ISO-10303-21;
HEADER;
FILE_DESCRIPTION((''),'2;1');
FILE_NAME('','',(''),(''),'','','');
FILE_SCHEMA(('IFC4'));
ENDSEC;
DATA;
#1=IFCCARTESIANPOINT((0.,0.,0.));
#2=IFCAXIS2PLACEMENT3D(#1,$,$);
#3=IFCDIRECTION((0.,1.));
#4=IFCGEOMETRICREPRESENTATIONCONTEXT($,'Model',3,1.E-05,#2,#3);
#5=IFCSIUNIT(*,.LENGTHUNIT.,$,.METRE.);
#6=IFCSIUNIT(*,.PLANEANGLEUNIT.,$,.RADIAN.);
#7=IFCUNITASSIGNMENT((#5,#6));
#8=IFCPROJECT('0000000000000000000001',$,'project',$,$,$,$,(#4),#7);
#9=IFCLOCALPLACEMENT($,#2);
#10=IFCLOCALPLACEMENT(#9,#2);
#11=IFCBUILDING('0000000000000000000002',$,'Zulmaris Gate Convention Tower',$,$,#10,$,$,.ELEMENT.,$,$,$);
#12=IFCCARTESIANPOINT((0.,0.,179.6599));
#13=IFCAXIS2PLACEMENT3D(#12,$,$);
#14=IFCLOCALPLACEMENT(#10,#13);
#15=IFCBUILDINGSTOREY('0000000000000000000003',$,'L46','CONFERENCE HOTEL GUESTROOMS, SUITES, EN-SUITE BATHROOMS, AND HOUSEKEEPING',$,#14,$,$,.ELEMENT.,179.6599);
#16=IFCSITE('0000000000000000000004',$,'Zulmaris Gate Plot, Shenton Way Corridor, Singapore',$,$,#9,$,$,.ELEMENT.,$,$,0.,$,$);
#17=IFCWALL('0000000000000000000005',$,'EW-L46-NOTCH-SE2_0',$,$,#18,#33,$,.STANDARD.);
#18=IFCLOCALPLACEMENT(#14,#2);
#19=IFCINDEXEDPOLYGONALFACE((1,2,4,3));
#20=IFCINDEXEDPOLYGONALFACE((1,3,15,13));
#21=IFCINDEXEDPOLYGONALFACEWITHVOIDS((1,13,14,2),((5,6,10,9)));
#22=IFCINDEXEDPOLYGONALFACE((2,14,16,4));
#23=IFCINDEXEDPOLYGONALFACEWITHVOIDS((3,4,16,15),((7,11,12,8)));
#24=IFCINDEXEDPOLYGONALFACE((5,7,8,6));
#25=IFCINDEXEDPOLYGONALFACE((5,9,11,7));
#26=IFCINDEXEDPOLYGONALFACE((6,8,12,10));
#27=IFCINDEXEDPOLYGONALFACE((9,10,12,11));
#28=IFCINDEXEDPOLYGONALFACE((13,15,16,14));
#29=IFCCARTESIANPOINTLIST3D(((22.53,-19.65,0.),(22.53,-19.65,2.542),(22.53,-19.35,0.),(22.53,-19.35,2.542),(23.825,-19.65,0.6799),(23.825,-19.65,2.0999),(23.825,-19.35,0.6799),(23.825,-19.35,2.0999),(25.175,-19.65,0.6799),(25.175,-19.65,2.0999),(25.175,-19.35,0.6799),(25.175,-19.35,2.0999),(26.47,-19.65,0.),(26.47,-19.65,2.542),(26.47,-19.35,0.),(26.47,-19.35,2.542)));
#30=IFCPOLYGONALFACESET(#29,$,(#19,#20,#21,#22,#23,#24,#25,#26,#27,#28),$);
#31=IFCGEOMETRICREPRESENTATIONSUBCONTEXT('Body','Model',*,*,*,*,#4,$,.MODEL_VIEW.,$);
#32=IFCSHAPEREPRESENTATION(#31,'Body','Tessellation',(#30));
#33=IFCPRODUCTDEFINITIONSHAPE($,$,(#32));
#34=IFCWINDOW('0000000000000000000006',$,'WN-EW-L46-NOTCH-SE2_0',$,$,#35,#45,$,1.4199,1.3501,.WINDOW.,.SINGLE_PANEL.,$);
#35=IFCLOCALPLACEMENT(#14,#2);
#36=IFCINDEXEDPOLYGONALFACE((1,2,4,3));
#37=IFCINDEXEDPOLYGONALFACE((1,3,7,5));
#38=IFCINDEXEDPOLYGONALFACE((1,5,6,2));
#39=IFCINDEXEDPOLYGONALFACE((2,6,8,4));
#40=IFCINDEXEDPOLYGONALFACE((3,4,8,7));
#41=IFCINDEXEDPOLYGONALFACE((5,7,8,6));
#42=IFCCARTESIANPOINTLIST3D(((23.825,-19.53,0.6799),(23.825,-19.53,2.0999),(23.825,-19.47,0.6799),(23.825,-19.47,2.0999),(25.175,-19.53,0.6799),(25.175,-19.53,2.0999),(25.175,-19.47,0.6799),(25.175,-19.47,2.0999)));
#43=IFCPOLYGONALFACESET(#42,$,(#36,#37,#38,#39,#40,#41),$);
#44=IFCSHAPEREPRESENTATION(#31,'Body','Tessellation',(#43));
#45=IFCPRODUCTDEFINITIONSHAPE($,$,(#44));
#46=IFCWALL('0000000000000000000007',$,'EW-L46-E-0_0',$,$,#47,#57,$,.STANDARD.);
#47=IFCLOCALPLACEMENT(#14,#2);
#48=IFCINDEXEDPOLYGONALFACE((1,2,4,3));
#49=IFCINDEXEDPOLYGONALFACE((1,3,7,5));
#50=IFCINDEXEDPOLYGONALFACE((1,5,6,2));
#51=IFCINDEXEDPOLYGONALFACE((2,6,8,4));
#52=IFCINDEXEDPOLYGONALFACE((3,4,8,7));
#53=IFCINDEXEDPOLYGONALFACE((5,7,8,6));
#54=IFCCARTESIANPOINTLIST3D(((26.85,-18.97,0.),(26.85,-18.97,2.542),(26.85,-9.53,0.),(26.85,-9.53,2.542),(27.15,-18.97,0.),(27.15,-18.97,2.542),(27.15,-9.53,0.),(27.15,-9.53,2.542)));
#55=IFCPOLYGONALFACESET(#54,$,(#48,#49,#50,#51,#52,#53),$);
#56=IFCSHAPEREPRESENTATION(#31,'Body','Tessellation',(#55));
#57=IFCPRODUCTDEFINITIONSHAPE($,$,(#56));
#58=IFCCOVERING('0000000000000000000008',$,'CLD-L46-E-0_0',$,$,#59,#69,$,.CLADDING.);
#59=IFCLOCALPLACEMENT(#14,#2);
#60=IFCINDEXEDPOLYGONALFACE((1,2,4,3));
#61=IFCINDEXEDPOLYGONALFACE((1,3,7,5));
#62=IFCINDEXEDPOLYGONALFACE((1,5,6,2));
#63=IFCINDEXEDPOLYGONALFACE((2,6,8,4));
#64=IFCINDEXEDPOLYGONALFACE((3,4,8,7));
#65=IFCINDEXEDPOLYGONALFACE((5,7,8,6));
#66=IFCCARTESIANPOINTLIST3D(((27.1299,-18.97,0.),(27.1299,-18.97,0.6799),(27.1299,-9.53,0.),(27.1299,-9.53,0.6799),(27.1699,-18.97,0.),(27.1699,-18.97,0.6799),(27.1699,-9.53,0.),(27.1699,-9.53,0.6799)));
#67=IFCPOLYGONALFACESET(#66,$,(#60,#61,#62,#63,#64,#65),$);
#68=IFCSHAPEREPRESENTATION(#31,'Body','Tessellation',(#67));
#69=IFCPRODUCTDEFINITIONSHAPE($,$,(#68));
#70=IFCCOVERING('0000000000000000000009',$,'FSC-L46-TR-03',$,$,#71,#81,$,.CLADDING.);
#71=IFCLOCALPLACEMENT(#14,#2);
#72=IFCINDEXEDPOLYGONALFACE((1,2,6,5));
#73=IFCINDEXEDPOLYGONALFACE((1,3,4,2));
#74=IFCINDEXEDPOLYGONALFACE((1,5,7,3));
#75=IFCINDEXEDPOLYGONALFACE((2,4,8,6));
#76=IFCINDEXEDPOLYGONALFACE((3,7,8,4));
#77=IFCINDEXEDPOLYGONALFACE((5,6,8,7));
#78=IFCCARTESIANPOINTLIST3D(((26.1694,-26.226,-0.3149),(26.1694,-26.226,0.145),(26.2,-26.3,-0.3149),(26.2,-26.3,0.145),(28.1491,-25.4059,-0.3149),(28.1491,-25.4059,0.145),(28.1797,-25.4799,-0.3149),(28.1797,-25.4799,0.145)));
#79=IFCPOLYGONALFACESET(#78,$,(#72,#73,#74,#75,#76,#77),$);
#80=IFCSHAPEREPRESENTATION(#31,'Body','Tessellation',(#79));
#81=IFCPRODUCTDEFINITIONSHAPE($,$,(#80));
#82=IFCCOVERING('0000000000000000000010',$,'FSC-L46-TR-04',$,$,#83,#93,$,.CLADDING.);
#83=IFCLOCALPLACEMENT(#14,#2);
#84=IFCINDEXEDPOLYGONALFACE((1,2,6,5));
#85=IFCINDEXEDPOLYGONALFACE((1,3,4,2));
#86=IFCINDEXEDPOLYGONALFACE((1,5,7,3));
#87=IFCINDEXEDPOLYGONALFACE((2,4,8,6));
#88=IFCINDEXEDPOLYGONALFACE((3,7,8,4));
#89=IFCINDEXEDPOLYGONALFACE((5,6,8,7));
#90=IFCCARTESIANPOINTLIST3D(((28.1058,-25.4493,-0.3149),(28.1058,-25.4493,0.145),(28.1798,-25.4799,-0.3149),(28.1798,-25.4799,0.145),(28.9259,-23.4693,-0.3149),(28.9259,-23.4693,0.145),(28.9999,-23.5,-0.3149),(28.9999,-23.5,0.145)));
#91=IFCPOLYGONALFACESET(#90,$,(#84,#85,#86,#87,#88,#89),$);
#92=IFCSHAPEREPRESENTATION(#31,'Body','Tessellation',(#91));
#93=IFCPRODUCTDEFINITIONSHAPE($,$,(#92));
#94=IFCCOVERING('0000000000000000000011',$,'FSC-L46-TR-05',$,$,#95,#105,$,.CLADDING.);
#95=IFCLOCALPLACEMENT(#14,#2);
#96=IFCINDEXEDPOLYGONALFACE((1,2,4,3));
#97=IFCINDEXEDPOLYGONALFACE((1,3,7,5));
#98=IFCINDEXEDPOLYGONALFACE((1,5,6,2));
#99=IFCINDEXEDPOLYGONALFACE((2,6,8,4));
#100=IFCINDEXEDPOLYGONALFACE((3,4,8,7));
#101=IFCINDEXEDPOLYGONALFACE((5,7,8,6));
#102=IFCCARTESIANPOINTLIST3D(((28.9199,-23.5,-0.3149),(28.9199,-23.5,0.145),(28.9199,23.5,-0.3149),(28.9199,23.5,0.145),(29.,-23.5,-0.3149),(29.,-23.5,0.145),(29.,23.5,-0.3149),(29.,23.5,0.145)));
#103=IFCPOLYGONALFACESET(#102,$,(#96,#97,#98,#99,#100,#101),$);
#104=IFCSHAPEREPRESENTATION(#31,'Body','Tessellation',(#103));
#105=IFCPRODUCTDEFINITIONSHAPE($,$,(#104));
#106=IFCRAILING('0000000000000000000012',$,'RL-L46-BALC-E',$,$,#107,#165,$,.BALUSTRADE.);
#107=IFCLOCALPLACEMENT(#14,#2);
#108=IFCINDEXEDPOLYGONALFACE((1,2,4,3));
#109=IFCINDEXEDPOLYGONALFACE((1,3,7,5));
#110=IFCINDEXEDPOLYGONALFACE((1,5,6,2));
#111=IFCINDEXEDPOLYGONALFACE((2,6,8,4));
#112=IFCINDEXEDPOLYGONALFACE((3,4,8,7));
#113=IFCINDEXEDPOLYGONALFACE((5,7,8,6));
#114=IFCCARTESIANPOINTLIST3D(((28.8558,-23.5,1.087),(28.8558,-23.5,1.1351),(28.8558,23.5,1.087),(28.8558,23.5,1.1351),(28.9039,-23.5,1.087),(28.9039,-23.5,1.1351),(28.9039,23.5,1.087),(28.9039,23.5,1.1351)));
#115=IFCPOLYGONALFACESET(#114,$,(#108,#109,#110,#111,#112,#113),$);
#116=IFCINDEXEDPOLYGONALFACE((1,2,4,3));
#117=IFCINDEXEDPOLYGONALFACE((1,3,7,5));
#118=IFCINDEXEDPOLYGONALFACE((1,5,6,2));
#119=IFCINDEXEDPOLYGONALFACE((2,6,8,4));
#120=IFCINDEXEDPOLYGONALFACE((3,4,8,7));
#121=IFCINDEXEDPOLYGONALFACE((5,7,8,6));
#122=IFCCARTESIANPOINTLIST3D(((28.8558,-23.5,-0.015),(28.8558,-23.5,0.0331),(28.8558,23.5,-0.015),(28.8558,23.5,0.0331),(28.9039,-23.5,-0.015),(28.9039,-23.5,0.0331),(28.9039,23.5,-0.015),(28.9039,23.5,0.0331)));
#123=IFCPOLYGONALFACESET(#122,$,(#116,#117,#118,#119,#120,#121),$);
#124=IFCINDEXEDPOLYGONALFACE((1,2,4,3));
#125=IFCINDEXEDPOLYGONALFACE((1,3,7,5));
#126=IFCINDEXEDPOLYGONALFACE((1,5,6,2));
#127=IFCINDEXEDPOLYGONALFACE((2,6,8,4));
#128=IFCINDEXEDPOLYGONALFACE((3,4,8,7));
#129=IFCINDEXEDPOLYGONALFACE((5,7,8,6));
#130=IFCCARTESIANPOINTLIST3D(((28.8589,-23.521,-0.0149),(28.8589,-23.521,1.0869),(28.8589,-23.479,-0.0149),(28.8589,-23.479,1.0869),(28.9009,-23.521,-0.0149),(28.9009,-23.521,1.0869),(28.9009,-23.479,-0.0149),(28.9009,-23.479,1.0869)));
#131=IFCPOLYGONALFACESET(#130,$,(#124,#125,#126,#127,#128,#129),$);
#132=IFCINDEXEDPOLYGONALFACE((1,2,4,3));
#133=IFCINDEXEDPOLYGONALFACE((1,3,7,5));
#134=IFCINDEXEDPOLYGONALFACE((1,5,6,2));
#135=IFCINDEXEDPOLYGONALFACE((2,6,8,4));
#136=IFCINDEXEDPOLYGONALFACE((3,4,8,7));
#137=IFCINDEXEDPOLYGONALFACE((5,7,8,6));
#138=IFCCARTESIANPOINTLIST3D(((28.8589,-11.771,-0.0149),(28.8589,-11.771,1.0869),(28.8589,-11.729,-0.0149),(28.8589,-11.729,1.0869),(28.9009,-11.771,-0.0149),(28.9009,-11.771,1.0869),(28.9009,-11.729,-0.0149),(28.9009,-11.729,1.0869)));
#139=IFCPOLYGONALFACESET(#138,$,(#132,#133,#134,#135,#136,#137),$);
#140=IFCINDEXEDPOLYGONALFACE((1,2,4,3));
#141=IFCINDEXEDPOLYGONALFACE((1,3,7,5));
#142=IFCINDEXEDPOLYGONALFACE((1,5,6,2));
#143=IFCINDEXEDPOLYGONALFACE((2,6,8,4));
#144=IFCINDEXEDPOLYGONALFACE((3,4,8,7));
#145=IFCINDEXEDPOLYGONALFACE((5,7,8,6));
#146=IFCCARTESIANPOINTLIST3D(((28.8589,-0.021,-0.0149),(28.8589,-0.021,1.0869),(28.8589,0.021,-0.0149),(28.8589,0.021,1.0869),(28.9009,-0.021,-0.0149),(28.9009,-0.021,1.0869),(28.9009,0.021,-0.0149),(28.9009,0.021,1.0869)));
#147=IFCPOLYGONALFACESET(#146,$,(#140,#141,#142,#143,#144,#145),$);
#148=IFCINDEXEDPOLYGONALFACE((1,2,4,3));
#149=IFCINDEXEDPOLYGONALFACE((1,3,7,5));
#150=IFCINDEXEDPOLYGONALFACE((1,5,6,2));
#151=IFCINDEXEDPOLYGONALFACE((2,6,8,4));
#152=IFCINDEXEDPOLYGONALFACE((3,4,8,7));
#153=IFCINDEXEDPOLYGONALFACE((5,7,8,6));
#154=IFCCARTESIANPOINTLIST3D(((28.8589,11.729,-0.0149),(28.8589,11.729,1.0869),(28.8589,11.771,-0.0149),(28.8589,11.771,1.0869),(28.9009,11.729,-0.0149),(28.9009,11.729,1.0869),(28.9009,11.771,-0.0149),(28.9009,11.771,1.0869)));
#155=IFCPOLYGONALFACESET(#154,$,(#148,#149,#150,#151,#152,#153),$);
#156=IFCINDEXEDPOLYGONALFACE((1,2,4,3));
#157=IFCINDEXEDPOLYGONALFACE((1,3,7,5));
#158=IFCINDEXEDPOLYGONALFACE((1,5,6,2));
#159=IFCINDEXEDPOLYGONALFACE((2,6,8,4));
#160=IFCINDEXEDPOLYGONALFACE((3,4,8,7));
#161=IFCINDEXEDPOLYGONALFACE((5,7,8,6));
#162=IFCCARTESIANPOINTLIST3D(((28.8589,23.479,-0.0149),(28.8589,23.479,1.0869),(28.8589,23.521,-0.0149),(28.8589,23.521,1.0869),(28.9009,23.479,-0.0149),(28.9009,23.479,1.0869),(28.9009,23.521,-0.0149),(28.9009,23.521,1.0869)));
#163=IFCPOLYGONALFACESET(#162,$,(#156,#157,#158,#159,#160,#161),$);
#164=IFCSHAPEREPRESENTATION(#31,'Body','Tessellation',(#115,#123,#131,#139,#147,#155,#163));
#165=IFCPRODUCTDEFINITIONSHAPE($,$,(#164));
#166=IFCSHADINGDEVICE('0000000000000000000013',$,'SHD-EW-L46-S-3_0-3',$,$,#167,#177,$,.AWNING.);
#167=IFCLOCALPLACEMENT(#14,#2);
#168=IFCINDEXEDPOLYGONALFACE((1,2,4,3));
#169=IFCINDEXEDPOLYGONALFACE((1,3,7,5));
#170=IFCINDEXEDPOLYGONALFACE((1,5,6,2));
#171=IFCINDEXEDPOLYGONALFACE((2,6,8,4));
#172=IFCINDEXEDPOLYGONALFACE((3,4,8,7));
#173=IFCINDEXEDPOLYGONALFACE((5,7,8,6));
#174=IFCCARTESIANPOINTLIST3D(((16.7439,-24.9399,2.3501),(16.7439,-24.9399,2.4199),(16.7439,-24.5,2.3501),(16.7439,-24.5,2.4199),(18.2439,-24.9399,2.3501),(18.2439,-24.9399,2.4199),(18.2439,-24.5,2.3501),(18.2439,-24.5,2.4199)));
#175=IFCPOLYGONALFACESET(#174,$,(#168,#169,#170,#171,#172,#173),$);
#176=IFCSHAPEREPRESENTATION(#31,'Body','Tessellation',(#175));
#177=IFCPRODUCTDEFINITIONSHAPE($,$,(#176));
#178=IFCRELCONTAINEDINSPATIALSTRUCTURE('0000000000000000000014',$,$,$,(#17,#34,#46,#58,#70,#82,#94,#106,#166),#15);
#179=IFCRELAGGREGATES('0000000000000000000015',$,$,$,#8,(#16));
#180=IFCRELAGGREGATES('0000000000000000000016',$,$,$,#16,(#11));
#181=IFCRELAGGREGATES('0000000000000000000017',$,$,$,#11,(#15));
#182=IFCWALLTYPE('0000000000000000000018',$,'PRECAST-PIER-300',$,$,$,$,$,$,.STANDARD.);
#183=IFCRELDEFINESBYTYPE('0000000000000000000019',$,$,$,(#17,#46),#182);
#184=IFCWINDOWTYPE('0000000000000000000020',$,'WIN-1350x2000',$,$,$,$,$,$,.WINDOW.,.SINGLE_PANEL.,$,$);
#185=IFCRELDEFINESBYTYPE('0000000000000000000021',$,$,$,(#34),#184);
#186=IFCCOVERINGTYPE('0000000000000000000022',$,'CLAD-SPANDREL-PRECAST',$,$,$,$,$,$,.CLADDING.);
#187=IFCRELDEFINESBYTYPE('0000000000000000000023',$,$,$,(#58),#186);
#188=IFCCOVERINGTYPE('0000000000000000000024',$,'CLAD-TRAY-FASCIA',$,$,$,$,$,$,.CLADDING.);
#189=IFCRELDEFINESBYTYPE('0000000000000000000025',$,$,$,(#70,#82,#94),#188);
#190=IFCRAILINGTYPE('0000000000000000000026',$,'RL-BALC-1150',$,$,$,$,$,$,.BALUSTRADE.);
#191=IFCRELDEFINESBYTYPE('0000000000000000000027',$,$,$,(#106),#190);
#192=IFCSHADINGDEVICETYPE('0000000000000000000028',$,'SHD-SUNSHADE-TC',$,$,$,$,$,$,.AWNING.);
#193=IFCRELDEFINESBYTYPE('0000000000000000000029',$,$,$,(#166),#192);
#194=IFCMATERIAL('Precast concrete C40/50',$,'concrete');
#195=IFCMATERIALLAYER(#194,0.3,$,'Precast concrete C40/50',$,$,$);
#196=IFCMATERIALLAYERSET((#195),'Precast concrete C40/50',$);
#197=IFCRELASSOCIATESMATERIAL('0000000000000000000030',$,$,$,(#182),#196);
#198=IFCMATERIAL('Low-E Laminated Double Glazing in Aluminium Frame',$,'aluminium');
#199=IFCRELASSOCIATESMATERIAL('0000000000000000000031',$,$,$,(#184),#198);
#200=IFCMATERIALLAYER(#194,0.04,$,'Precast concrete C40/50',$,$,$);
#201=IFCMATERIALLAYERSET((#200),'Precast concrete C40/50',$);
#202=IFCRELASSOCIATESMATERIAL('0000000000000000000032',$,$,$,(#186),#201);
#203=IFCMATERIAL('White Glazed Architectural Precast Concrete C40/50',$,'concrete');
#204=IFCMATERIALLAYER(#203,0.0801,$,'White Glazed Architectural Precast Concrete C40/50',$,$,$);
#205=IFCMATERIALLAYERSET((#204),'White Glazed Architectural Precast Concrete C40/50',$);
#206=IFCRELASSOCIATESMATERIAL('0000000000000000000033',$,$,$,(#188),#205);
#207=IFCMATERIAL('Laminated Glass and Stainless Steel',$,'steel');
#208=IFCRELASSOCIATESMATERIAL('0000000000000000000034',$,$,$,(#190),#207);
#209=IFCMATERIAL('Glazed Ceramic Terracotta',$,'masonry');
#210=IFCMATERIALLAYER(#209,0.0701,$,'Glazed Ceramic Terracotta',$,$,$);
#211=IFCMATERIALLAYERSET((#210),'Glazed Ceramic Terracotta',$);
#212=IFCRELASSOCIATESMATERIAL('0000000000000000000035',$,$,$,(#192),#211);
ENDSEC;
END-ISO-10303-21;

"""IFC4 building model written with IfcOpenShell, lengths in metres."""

from ifc_helpers import new_model, si_unit, direction, frame, frame_2d, origin, origin_2d, place, context, subcontext, project, spatial, rectangle, extrude, material, layer, layer_set, type_object, element, fill, save


model = new_model("IFC4")

# Units and contexts
model_context = context("Model", 3, precision=1e-05, world=origin(), true_north=direction((0.0, 1.0)))
body_context = subcontext(model_context, "Body", "Model", "MODEL_VIEW")
ifc_project = project(units=[si_unit("LENGTHUNIT", "METRE"), si_unit("PLANEANGLEUNIT", "RADIAN")], contexts=[model_context])

# Site, building, storey
site_placement = place(None, origin())
site = spatial("IfcSite", under=ifc_project, at=site_placement, Name="Zulmaris Gate Plot, Shenton Way Corridor, Singapore", CompositionType="ELEMENT", RefElevation=0.0)
building_placement = place(site_placement, origin())
building = spatial("IfcBuilding", under=site, at=building_placement, Name="Zulmaris Gate Convention Tower", CompositionType="ELEMENT")
storey_placement = place(building_placement, frame((0.0, 0.0, 179.6599)))
storey = spatial("IfcBuildingStorey", under=building, at=storey_placement, Name="L46", Description="CONFERENCE HOTEL GUESTROOMS, SUITES, EN-SUITE BATHROOMS, AND HOUSEKEEPING", CompositionType="ELEMENT", Elevation=179.6599)

# Wall, opening, window
ifc_material_1 = material(Name="Precast concrete C40/50", Category="concrete")
ifc_layer_1 = layer(ifc_material_1, 0.3, Name="Precast concrete C40/50")
ifc_layer_set_1 = layer_set([ifc_layer_1], Name="Precast concrete C40/50")
wall_type_1 = type_object("IfcWallType", Name="PRECAST-PIER-300", PredefinedType="STANDARD", material=ifc_layer_set_1)
ifc_material_2 = material(Name="Low-E Laminated Double Glazing in Aluminium Frame", Category="aluminium")
window_type = type_object("IfcWindowType", Name="WIN-1350x2000", PartitioningType="SINGLE_PANEL", PredefinedType="WINDOW", material=ifc_material_2)
wall_1_placement = place(storey_placement, frame((22.53, -19.5, 0.0), z_axis=(0.0, 0.0, 1.0), x_axis=(1.0, 0.0, 0.0)))
wall_1 = element("IfcWall", 1, at=wall_1_placement, inside=storey, type_object=wall_type_1, Name="EW-L46-NOTCH-SE2_0", PredefinedType="STANDARD", context=body_context, shape_type="SweptSolid", body=[
    extrude(rectangle(XDim=3.9399, YDim=0.3, at=frame_2d((1.97, 0.0))), origin(), (0.0, 0.0, 1.0), 2.542),
])
opening_1_placement = place(wall_1_placement, frame((1.2949, 0.0, 0.6799)))
opening_1 = element("IfcOpeningElement", 2, at=opening_1_placement, cuts=wall_1, PredefinedType="OPENING", context=body_context, shape_type="SweptSolid", body=[
    extrude(rectangle(XDim=1.3501, YDim=1.4199, at=frame_2d((0.675, 0.71))), frame((0.0, 0.1602, 0.0), z_axis=(0.0, -1.0, 0.0), x_axis=(1.0, 0.0, 0.0)), (0.0, 0.0, 1.0), 0.3201),
])
window_1_placement = place(opening_1_placement, origin())
window_1 = element("IfcWindow", 3, at=window_1_placement, inside=storey, type_object=window_type, Name="WN-EW-L46-NOTCH-SE2_0", OverallHeight=1.4199, OverallWidth=1.3501, PartitioningType="SINGLE_PANEL", PredefinedType="WINDOW", context=body_context, shape_type="SweptSolid", body=[
    extrude(rectangle(XDim=1.3501, YDim=1.4199, at=frame_2d((0.675, 0.71))), frame((0.0, 0.03, 0.0), z_axis=(0.0, -1.0, 0.0), x_axis=(1.0, 0.0, 0.0)), (0.0, 0.0, 1.0), 0.0601),
])
fill(opening_1, window_1)

# Wall
wall_2_placement = place(storey_placement, frame((27.0, -18.97, 0.0), z_axis=(0.0, 0.0, 1.0), x_axis=(0.0, 1.0, 0.0)))
element("IfcWall", 4, at=wall_2_placement, inside=storey, type_object=wall_type_1, Name="EW-L46-E-0_0", PredefinedType="STANDARD", context=body_context, shape_type="SweptSolid", body=[
    extrude(rectangle(XDim=9.4399, YDim=0.3, at=frame_2d((4.72, 0.0))), origin(), (0.0, 0.0, 1.0), 2.542),
])

# Coverings
ifc_layer_2 = layer(ifc_material_1, 0.04, Name="Precast concrete C40/50")
ifc_layer_set_2 = layer_set([ifc_layer_2], Name="Precast concrete C40/50")
covering_type_1 = type_object("IfcCoveringType", Name="CLAD-SPANDREL-PRECAST", PredefinedType="CLADDING", material=ifc_layer_set_2)
covering_1_placement = place(storey_placement, frame((27.1499, -18.97, 0.0), z_axis=(0.0, 0.0, 1.0), x_axis=(0.0, 1.0, 0.0)))
element("IfcCovering", 5, at=covering_1_placement, inside=storey, type_object=covering_type_1, Name="CLD-L46-E-0_0", PredefinedType="CLADDING", context=body_context, shape_type="SweptSolid", body=[
    extrude(rectangle(XDim=9.4399, YDim=0.04, at=frame_2d((4.72, 0.0))), origin(), (0.0, 0.0, 1.0), 0.6799),
])
ifc_material_3 = material(Name="White Glazed Architectural Precast Concrete C40/50", Category="concrete")
ifc_layer_3 = layer(ifc_material_3, 0.0801, Name="White Glazed Architectural Precast Concrete C40/50")
ifc_layer_set_3 = layer_set([ifc_layer_3], Name="White Glazed Architectural Precast Concrete C40/50")
covering_type_2 = type_object("IfcCoveringType", Name="CLAD-TRAY-FASCIA", PredefinedType="CLADDING", material=ifc_layer_set_3)
covering_2_placement = place(storey_placement, frame((26.1848, -26.2629, -0.3149), z_axis=(0.0, 0.0, 1.0), x_axis=(0.923874, 0.382697, 0.0)))
element("IfcCovering", 6, at=covering_2_placement, inside=storey, type_object=covering_type_2, Name="FSC-L46-TR-03", PredefinedType="CLADDING", context=body_context, shape_type="SweptSolid", body=[
    extrude(rectangle(XDim=2.1428, YDim=0.0801, at=frame_2d((1.0713, 0.0))), origin(), (0.0, 0.0, 1.0), 0.46),
])
covering_3_placement = place(storey_placement, frame((28.1428, -25.4646, -0.3149), z_axis=(0.0, 0.0, 1.0), x_axis=(0.382657, 0.92389, 0.0)))
element("IfcCovering", 7, at=covering_3_placement, inside=storey, type_object=covering_type_2, Name="FSC-L46-TR-04", PredefinedType="CLADDING", context=body_context, shape_type="SweptSolid", body=[
    extrude(rectangle(XDim=2.1431, YDim=0.0801, at=frame_2d((1.0715, 0.0))), origin(), (0.0, 0.0, 1.0), 0.46),
])
covering_4_placement = place(storey_placement, frame((28.96, -23.5, -0.3149), z_axis=(0.0, 0.0, 1.0), x_axis=(0.0, 1.0, 0.0)))
element("IfcCovering", 8, at=covering_4_placement, inside=storey, type_object=covering_type_2, Name="FSC-L46-TR-05", PredefinedType="CLADDING", context=body_context, shape_type="SweptSolid", body=[
    extrude(rectangle(XDim=47.0, YDim=0.0801, at=frame_2d((23.5, 0.0))), origin(), (0.0, 0.0, 1.0), 0.46),
])

# Railing
ifc_material_4 = material(Name="Laminated Glass and Stainless Steel", Category="steel")
railing_type = type_object("IfcRailingType", Name="RL-BALC-1150", PredefinedType="BALUSTRADE", material=ifc_material_4)
railing_placement = place(storey_placement, frame((28.8799, -23.5, -0.0149)))
element("IfcRailing", 9, at=railing_placement, inside=storey, type_object=railing_type, Name="RL-L46-BALC-E", PredefinedType="BALUSTRADE", context=body_context, shape_type="SweptSolid", body=[
    extrude(rectangle(XDim=0.0481, YDim=0.0481, at=origin_2d()), frame((0.0, 0.0, 1.126), z_axis=(0.0, 1.0, 0.0), x_axis=(-1.0, 0.0, 0.0)), (0.0, 0.0, 1.0), 47.0),
    extrude(rectangle(XDim=0.0481, YDim=0.0481, at=origin_2d()), frame((0.0, 0.0, 0.0239), z_axis=(0.0, 1.0, 0.0), x_axis=(-1.0, 0.0, 0.0)), (0.0, 0.0, 1.0), 47.0),
    extrude(rectangle(XDim=0.042, YDim=0.042, at=origin_2d()), origin(), (0.0, 0.0, 1.0), 1.1018),
    extrude(rectangle(XDim=0.042, YDim=0.042, at=origin_2d()), frame((0.0, 11.75, 0.0)), (0.0, 0.0, 1.0), 1.1018),
    extrude(rectangle(XDim=0.042, YDim=0.042, at=origin_2d()), frame((0.0, 23.5, 0.0)), (0.0, 0.0, 1.0), 1.1018),
    extrude(rectangle(XDim=0.042, YDim=0.042, at=origin_2d()), frame((0.0, 35.25, 0.0)), (0.0, 0.0, 1.0), 1.1018),
    extrude(rectangle(XDim=0.042, YDim=0.042, at=origin_2d()), frame((0.0, 47.0, 0.0)), (0.0, 0.0, 1.0), 1.1018),
])

# Shading device
ifc_material_5 = material(Name="Glazed Ceramic Terracotta", Category="masonry")
ifc_layer_4 = layer(ifc_material_5, 0.0701, Name="Glazed Ceramic Terracotta")
ifc_layer_set_4 = layer_set([ifc_layer_4], Name="Glazed Ceramic Terracotta")
shading_device_type = type_object("IfcShadingDeviceType", Name="SHD-SUNSHADE-TC", PredefinedType="AWNING", material=ifc_layer_set_4)
shading_device_placement = place(storey_placement, frame((16.7439, -24.72, 2.3501), z_axis=(0.0, 0.0, 1.0), x_axis=(1.0, 0.0, 0.0)))
element("IfcShadingDevice", 10, at=shading_device_placement, inside=storey, type_object=shading_device_type, Name="SHD-EW-L46-S-3_0-3", PredefinedType="AWNING", context=body_context, shape_type="SweptSolid", body=[
    extrude(rectangle(XDim=1.5, YDim=0.4399, at=frame_2d((0.75, 0.0))), origin(), (0.0, 0.0, 1.0), 0.0698),
])

save(model, "model.ifc")
